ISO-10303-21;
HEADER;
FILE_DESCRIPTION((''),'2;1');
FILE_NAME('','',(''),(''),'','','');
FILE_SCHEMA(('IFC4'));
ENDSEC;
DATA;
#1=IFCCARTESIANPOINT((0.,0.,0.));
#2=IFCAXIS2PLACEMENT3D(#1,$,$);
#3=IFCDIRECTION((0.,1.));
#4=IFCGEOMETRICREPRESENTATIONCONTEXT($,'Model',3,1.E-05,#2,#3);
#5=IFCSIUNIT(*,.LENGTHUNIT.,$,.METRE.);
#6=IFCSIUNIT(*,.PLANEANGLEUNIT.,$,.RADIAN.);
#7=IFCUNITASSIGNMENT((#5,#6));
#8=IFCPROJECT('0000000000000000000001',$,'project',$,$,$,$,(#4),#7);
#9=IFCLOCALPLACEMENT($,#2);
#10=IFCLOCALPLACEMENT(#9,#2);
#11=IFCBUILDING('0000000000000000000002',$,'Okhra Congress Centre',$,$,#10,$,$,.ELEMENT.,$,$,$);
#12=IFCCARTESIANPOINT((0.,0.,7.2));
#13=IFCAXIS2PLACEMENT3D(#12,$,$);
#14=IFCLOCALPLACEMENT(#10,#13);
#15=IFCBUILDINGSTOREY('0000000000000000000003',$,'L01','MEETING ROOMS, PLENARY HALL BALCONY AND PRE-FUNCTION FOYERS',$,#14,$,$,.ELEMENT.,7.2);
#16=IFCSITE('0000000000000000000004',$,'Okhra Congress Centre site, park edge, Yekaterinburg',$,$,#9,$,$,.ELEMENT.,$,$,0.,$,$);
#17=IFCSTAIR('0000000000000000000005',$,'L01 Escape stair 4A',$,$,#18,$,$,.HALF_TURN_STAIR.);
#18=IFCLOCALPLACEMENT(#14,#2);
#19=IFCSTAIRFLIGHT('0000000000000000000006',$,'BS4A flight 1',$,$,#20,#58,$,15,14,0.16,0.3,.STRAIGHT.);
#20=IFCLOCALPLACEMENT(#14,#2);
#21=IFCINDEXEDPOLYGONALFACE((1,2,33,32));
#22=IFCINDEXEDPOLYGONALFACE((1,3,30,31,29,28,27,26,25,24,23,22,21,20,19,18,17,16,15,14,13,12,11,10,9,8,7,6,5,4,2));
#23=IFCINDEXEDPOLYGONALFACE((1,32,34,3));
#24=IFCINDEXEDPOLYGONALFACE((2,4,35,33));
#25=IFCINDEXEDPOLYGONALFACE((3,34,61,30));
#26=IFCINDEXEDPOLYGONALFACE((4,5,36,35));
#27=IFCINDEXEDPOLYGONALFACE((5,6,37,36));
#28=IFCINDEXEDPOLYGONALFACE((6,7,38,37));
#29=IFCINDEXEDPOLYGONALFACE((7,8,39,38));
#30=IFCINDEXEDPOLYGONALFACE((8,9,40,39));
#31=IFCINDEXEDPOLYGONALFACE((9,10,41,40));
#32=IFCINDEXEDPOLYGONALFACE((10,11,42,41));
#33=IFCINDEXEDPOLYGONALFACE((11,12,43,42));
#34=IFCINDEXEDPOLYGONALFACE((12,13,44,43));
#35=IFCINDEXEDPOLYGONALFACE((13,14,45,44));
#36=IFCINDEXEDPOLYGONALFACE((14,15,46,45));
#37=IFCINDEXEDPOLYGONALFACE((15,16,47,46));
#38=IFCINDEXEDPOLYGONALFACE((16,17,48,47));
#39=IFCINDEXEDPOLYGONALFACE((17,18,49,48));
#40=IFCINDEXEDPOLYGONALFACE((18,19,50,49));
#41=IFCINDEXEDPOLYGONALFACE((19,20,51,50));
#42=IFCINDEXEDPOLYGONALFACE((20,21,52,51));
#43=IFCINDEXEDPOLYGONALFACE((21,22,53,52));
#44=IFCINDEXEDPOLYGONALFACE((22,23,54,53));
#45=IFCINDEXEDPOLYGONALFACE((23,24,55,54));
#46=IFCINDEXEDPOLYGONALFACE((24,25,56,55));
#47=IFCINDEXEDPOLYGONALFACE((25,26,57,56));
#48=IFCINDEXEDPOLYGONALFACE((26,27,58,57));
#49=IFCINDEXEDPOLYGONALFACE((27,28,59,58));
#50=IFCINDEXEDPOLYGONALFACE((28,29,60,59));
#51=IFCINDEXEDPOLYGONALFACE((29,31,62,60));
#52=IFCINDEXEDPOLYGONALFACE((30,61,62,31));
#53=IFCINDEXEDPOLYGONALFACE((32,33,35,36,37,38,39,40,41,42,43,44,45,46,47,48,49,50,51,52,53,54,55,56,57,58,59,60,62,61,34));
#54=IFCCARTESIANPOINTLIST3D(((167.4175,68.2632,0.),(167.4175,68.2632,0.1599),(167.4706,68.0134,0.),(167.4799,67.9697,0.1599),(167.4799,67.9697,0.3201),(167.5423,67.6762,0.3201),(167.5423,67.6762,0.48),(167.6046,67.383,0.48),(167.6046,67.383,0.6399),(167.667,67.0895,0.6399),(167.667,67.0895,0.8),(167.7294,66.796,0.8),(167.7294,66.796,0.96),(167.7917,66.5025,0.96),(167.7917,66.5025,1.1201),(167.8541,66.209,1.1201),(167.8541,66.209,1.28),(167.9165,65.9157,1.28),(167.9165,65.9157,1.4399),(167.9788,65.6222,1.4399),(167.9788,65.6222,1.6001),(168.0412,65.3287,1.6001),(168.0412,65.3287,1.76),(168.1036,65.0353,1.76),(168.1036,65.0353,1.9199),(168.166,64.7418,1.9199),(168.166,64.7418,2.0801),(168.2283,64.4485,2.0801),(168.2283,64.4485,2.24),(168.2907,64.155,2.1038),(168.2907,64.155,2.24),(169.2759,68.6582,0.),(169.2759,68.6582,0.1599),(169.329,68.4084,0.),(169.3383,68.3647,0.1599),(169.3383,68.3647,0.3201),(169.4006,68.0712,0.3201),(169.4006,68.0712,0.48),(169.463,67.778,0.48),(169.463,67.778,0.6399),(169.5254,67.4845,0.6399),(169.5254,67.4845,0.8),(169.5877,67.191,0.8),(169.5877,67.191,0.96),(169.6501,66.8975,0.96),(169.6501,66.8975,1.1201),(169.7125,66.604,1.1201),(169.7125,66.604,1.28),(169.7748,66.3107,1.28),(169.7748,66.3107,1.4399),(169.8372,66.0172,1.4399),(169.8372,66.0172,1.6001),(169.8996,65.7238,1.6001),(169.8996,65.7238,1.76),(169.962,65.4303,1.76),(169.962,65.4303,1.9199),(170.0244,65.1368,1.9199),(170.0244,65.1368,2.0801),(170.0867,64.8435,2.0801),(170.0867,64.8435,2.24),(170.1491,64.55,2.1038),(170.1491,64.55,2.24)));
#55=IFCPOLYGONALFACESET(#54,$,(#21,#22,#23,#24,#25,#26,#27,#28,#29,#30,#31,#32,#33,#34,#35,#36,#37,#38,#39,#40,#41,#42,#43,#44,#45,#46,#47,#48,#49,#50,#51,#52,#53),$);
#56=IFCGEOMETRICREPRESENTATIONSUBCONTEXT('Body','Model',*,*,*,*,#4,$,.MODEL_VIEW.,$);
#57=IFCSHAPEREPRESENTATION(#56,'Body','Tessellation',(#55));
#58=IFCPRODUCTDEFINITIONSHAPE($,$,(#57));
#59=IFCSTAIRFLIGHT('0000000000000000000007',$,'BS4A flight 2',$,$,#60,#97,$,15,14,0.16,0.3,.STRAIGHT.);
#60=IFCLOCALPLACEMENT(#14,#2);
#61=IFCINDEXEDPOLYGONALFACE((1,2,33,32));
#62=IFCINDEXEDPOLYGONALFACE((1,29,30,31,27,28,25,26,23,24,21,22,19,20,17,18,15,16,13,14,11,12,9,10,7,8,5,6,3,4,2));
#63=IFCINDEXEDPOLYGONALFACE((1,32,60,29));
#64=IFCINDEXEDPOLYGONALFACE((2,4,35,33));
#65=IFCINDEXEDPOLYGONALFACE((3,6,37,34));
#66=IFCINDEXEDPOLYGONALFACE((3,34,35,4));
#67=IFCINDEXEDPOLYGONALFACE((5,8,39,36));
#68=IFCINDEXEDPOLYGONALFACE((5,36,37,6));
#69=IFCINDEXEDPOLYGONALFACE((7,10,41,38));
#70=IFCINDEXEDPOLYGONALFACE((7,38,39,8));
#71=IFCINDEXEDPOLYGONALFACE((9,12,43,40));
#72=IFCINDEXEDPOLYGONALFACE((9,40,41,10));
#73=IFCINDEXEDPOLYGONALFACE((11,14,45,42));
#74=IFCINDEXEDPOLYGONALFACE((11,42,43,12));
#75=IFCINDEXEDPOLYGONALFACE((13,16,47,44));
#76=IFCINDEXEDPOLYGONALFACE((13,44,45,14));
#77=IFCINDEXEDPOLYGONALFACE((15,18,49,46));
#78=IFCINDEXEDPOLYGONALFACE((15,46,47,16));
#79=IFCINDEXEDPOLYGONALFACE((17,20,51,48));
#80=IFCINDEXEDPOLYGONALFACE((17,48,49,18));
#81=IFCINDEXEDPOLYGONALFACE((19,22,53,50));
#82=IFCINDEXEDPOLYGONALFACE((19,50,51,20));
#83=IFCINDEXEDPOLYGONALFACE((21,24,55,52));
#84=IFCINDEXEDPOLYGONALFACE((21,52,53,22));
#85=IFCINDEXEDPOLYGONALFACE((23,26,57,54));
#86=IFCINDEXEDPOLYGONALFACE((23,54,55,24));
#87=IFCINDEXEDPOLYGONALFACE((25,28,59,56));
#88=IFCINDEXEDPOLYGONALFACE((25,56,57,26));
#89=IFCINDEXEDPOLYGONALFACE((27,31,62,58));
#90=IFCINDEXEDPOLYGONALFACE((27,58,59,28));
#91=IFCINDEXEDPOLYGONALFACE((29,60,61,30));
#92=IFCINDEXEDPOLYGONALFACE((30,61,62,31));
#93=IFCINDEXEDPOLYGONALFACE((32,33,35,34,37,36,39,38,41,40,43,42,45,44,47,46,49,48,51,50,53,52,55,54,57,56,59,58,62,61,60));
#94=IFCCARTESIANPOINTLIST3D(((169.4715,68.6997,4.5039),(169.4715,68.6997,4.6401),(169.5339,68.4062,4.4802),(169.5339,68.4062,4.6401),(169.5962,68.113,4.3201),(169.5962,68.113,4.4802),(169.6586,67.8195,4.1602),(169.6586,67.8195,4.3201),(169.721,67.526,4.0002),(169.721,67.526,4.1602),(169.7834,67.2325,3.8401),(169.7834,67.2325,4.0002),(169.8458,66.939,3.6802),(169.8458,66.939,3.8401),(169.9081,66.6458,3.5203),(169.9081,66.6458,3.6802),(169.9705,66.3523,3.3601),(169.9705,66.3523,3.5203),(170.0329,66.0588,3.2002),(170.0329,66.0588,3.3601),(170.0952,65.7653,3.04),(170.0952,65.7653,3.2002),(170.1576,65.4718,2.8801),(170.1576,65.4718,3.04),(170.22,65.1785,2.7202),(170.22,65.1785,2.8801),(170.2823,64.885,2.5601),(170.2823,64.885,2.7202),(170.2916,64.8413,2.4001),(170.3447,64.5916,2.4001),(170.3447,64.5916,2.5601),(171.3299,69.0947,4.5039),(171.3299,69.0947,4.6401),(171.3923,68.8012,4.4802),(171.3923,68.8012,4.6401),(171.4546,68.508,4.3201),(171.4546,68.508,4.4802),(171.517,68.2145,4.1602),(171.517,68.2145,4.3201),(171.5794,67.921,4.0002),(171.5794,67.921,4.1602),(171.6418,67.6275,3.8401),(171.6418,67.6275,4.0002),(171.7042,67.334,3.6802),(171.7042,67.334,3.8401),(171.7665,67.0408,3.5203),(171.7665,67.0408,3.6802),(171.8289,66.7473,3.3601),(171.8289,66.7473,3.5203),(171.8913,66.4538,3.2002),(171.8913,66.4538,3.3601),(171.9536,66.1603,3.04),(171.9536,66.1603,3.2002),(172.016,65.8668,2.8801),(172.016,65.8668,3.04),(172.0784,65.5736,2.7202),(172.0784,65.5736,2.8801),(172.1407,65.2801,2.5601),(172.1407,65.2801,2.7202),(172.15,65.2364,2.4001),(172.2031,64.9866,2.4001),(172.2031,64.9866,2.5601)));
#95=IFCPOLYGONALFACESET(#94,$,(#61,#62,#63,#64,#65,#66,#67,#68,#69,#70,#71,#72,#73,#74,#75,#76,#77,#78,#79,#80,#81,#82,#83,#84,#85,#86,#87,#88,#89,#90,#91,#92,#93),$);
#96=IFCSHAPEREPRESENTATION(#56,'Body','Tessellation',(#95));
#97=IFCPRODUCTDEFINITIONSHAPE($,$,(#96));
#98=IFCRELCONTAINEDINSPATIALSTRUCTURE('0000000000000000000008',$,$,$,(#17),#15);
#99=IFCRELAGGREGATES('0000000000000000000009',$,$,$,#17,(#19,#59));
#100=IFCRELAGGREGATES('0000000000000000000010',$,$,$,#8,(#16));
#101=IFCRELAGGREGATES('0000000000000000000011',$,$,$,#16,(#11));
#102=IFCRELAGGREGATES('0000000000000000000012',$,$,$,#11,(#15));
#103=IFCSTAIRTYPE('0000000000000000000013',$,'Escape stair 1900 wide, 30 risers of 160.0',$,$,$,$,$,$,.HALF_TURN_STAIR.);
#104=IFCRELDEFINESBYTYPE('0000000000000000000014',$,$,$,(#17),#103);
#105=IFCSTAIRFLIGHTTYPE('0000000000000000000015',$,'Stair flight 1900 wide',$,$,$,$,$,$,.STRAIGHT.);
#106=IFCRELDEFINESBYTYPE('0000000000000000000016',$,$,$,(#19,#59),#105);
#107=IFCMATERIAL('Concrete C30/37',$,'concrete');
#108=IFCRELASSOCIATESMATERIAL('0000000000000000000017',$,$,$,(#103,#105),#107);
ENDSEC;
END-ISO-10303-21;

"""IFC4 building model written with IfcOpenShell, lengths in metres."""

from ifc_helpers import new_model, si_unit, direction, frame, origin, place, context, subcontext, project, spatial, polyline, outline, extrude, material, type_object, element, aggregate, save


model = new_model("IFC4")

# Units and contexts
model_context = context("Model", 3, precision=1e-05, world=origin(), true_north=direction((0.0, 1.0)))
body_context = subcontext(model_context, "Body", "Model", "MODEL_VIEW")
ifc_project = project(units=[si_unit("LENGTHUNIT", "METRE"), si_unit("PLANEANGLEUNIT", "RADIAN")], contexts=[model_context])

# Site, building, storey
site_placement = place(None, origin())
site = spatial("IfcSite", under=ifc_project, at=site_placement, Name="Okhra Congress Centre site, park edge, Yekaterinburg", CompositionType="ELEMENT", RefElevation=0.0)
building_placement = place(site_placement, origin())
building = spatial("IfcBuilding", under=site, at=building_placement, Name="Okhra Congress Centre", CompositionType="ELEMENT")
storey_placement = place(building_placement, frame((0.0, 0.0, 7.2)))
storey = spatial("IfcBuildingStorey", under=building, at=storey_placement, Name="L01", Description="MEETING ROOMS, PLENARY HALL BALCONY AND PRE-FUNCTION FOYERS", CompositionType="ELEMENT", Elevation=7.2)

# Shared definitions
ifc_material_1 = material(Name="Concrete C30/37", Category="concrete")

# Stair, stair flights
stair_type = type_object("IfcStairType", Name="Escape stair 1900 wide, 30 risers of 160.0", PredefinedType="HALF_TURN_STAIR", material=ifc_material_1)
stair_placement = place(storey_placement, origin())
stair = element("IfcStair", 1, at=stair_placement, inside=storey, type_object=stair_type, Name="L01 Escape stair 4A", PredefinedType="HALF_TURN_STAIR")
stair_flight_type = type_object("IfcStairFlightType", Name="Stair flight 1900 wide", PredefinedType="STRAIGHT", material=ifc_material_1)
stair_flight_1_placement = place(storey_placement, frame((168.3467, 68.4607, 0.0), z_axis=(0.0, 0.0, 1.0), x_axis=(0.207912, -0.978148, 0.0)))
stair_flight_1 = element("IfcStairFlight", 2, at=stair_flight_1_placement, type_object=stair_flight_type, Name="BS4A flight 1", NumberOfRisers=15, NumberOfTreads=14, PredefinedType="STRAIGHT", RiserHeight=0.16, TreadLength=0.3, context=body_context, shape_type="SweptSolid", body=[
    extrude(outline(polyline([(0.0, 0.0), (0.0, 0.1599), (0.3, 0.1599), (0.3, 0.3201), (0.6001, 0.3201), (0.6001, 0.48), (0.8999, 0.48), (0.8999, 0.6399), (1.2, 0.6399), (1.2, 0.8), (1.5, 0.8), (1.5, 0.96), (1.8, 0.96), (1.8, 1.1201), (2.1001, 1.1201), (2.1001, 1.28), (2.3999, 1.28), (2.3999, 1.4399), (2.7, 1.4399), (2.7, 1.6001), (3.0, 1.6001), (3.0, 1.76), (3.3, 1.76), (3.3, 1.9199), (3.6001, 1.9199), (3.6001, 2.0801), (3.8999, 2.0801), (3.8999, 2.24), (4.2, 2.24), (4.2, 2.3999), (4.2, 2.1038), (0.2554, 0.0), (0.0, 0.0)])), frame((0.0, 0.95, 0.0), z_axis=(0.0, -1.0, 0.0), x_axis=(1.0, 0.0, 0.0)), (0.0, 0.0, 1.0), 1.8999),
])
stair_flight_2_placement = place(storey_placement, frame((171.2739, 64.7891, 2.4001), z_axis=(0.0, 0.0, 1.0), x_axis=(-0.207912, 0.978148, 0.0)))
stair_flight_2 = element("IfcStairFlight", 3, at=stair_flight_2_placement, type_object=stair_flight_type, Name="BS4A flight 2", NumberOfRisers=15, NumberOfTreads=14, PredefinedType="STRAIGHT", RiserHeight=0.16, TreadLength=0.3, context=body_context, shape_type="SweptSolid", body=[
    extrude(outline(polyline([(0.0, 0.0), (0.0, 0.1599), (0.3, 0.1599), (0.3, 0.3201), (0.6001, 0.3201), (0.6001, 0.48), (0.8999, 0.48), (0.8999, 0.6399), (1.2, 0.6399), (1.2, 0.8), (1.5, 0.8), (1.5, 0.96), (1.8, 0.96), (1.8, 1.1201), (2.1001, 1.1201), (2.1001, 1.28), (2.3999, 1.28), (2.3999, 1.4399), (2.7, 1.4399), (2.7, 1.6001), (3.0, 1.6001), (3.0, 1.76), (3.3, 1.76), (3.3, 1.9199), (3.6001, 1.9199), (3.6001, 2.0801), (3.8999, 2.0801), (3.8999, 2.24), (4.2, 2.24), (4.2, 2.3999), (4.2, 2.1038), (0.2554, 0.0), (0.0, 0.0)])), frame((0.0, 0.95, 0.0), z_axis=(0.0, -1.0, 0.0), x_axis=(1.0, 0.0, 0.0)), (0.0, 0.0, 1.0), 1.8999),
])
aggregate(stair, [stair_flight_1, stair_flight_2])

save(model, "model.ifc")
